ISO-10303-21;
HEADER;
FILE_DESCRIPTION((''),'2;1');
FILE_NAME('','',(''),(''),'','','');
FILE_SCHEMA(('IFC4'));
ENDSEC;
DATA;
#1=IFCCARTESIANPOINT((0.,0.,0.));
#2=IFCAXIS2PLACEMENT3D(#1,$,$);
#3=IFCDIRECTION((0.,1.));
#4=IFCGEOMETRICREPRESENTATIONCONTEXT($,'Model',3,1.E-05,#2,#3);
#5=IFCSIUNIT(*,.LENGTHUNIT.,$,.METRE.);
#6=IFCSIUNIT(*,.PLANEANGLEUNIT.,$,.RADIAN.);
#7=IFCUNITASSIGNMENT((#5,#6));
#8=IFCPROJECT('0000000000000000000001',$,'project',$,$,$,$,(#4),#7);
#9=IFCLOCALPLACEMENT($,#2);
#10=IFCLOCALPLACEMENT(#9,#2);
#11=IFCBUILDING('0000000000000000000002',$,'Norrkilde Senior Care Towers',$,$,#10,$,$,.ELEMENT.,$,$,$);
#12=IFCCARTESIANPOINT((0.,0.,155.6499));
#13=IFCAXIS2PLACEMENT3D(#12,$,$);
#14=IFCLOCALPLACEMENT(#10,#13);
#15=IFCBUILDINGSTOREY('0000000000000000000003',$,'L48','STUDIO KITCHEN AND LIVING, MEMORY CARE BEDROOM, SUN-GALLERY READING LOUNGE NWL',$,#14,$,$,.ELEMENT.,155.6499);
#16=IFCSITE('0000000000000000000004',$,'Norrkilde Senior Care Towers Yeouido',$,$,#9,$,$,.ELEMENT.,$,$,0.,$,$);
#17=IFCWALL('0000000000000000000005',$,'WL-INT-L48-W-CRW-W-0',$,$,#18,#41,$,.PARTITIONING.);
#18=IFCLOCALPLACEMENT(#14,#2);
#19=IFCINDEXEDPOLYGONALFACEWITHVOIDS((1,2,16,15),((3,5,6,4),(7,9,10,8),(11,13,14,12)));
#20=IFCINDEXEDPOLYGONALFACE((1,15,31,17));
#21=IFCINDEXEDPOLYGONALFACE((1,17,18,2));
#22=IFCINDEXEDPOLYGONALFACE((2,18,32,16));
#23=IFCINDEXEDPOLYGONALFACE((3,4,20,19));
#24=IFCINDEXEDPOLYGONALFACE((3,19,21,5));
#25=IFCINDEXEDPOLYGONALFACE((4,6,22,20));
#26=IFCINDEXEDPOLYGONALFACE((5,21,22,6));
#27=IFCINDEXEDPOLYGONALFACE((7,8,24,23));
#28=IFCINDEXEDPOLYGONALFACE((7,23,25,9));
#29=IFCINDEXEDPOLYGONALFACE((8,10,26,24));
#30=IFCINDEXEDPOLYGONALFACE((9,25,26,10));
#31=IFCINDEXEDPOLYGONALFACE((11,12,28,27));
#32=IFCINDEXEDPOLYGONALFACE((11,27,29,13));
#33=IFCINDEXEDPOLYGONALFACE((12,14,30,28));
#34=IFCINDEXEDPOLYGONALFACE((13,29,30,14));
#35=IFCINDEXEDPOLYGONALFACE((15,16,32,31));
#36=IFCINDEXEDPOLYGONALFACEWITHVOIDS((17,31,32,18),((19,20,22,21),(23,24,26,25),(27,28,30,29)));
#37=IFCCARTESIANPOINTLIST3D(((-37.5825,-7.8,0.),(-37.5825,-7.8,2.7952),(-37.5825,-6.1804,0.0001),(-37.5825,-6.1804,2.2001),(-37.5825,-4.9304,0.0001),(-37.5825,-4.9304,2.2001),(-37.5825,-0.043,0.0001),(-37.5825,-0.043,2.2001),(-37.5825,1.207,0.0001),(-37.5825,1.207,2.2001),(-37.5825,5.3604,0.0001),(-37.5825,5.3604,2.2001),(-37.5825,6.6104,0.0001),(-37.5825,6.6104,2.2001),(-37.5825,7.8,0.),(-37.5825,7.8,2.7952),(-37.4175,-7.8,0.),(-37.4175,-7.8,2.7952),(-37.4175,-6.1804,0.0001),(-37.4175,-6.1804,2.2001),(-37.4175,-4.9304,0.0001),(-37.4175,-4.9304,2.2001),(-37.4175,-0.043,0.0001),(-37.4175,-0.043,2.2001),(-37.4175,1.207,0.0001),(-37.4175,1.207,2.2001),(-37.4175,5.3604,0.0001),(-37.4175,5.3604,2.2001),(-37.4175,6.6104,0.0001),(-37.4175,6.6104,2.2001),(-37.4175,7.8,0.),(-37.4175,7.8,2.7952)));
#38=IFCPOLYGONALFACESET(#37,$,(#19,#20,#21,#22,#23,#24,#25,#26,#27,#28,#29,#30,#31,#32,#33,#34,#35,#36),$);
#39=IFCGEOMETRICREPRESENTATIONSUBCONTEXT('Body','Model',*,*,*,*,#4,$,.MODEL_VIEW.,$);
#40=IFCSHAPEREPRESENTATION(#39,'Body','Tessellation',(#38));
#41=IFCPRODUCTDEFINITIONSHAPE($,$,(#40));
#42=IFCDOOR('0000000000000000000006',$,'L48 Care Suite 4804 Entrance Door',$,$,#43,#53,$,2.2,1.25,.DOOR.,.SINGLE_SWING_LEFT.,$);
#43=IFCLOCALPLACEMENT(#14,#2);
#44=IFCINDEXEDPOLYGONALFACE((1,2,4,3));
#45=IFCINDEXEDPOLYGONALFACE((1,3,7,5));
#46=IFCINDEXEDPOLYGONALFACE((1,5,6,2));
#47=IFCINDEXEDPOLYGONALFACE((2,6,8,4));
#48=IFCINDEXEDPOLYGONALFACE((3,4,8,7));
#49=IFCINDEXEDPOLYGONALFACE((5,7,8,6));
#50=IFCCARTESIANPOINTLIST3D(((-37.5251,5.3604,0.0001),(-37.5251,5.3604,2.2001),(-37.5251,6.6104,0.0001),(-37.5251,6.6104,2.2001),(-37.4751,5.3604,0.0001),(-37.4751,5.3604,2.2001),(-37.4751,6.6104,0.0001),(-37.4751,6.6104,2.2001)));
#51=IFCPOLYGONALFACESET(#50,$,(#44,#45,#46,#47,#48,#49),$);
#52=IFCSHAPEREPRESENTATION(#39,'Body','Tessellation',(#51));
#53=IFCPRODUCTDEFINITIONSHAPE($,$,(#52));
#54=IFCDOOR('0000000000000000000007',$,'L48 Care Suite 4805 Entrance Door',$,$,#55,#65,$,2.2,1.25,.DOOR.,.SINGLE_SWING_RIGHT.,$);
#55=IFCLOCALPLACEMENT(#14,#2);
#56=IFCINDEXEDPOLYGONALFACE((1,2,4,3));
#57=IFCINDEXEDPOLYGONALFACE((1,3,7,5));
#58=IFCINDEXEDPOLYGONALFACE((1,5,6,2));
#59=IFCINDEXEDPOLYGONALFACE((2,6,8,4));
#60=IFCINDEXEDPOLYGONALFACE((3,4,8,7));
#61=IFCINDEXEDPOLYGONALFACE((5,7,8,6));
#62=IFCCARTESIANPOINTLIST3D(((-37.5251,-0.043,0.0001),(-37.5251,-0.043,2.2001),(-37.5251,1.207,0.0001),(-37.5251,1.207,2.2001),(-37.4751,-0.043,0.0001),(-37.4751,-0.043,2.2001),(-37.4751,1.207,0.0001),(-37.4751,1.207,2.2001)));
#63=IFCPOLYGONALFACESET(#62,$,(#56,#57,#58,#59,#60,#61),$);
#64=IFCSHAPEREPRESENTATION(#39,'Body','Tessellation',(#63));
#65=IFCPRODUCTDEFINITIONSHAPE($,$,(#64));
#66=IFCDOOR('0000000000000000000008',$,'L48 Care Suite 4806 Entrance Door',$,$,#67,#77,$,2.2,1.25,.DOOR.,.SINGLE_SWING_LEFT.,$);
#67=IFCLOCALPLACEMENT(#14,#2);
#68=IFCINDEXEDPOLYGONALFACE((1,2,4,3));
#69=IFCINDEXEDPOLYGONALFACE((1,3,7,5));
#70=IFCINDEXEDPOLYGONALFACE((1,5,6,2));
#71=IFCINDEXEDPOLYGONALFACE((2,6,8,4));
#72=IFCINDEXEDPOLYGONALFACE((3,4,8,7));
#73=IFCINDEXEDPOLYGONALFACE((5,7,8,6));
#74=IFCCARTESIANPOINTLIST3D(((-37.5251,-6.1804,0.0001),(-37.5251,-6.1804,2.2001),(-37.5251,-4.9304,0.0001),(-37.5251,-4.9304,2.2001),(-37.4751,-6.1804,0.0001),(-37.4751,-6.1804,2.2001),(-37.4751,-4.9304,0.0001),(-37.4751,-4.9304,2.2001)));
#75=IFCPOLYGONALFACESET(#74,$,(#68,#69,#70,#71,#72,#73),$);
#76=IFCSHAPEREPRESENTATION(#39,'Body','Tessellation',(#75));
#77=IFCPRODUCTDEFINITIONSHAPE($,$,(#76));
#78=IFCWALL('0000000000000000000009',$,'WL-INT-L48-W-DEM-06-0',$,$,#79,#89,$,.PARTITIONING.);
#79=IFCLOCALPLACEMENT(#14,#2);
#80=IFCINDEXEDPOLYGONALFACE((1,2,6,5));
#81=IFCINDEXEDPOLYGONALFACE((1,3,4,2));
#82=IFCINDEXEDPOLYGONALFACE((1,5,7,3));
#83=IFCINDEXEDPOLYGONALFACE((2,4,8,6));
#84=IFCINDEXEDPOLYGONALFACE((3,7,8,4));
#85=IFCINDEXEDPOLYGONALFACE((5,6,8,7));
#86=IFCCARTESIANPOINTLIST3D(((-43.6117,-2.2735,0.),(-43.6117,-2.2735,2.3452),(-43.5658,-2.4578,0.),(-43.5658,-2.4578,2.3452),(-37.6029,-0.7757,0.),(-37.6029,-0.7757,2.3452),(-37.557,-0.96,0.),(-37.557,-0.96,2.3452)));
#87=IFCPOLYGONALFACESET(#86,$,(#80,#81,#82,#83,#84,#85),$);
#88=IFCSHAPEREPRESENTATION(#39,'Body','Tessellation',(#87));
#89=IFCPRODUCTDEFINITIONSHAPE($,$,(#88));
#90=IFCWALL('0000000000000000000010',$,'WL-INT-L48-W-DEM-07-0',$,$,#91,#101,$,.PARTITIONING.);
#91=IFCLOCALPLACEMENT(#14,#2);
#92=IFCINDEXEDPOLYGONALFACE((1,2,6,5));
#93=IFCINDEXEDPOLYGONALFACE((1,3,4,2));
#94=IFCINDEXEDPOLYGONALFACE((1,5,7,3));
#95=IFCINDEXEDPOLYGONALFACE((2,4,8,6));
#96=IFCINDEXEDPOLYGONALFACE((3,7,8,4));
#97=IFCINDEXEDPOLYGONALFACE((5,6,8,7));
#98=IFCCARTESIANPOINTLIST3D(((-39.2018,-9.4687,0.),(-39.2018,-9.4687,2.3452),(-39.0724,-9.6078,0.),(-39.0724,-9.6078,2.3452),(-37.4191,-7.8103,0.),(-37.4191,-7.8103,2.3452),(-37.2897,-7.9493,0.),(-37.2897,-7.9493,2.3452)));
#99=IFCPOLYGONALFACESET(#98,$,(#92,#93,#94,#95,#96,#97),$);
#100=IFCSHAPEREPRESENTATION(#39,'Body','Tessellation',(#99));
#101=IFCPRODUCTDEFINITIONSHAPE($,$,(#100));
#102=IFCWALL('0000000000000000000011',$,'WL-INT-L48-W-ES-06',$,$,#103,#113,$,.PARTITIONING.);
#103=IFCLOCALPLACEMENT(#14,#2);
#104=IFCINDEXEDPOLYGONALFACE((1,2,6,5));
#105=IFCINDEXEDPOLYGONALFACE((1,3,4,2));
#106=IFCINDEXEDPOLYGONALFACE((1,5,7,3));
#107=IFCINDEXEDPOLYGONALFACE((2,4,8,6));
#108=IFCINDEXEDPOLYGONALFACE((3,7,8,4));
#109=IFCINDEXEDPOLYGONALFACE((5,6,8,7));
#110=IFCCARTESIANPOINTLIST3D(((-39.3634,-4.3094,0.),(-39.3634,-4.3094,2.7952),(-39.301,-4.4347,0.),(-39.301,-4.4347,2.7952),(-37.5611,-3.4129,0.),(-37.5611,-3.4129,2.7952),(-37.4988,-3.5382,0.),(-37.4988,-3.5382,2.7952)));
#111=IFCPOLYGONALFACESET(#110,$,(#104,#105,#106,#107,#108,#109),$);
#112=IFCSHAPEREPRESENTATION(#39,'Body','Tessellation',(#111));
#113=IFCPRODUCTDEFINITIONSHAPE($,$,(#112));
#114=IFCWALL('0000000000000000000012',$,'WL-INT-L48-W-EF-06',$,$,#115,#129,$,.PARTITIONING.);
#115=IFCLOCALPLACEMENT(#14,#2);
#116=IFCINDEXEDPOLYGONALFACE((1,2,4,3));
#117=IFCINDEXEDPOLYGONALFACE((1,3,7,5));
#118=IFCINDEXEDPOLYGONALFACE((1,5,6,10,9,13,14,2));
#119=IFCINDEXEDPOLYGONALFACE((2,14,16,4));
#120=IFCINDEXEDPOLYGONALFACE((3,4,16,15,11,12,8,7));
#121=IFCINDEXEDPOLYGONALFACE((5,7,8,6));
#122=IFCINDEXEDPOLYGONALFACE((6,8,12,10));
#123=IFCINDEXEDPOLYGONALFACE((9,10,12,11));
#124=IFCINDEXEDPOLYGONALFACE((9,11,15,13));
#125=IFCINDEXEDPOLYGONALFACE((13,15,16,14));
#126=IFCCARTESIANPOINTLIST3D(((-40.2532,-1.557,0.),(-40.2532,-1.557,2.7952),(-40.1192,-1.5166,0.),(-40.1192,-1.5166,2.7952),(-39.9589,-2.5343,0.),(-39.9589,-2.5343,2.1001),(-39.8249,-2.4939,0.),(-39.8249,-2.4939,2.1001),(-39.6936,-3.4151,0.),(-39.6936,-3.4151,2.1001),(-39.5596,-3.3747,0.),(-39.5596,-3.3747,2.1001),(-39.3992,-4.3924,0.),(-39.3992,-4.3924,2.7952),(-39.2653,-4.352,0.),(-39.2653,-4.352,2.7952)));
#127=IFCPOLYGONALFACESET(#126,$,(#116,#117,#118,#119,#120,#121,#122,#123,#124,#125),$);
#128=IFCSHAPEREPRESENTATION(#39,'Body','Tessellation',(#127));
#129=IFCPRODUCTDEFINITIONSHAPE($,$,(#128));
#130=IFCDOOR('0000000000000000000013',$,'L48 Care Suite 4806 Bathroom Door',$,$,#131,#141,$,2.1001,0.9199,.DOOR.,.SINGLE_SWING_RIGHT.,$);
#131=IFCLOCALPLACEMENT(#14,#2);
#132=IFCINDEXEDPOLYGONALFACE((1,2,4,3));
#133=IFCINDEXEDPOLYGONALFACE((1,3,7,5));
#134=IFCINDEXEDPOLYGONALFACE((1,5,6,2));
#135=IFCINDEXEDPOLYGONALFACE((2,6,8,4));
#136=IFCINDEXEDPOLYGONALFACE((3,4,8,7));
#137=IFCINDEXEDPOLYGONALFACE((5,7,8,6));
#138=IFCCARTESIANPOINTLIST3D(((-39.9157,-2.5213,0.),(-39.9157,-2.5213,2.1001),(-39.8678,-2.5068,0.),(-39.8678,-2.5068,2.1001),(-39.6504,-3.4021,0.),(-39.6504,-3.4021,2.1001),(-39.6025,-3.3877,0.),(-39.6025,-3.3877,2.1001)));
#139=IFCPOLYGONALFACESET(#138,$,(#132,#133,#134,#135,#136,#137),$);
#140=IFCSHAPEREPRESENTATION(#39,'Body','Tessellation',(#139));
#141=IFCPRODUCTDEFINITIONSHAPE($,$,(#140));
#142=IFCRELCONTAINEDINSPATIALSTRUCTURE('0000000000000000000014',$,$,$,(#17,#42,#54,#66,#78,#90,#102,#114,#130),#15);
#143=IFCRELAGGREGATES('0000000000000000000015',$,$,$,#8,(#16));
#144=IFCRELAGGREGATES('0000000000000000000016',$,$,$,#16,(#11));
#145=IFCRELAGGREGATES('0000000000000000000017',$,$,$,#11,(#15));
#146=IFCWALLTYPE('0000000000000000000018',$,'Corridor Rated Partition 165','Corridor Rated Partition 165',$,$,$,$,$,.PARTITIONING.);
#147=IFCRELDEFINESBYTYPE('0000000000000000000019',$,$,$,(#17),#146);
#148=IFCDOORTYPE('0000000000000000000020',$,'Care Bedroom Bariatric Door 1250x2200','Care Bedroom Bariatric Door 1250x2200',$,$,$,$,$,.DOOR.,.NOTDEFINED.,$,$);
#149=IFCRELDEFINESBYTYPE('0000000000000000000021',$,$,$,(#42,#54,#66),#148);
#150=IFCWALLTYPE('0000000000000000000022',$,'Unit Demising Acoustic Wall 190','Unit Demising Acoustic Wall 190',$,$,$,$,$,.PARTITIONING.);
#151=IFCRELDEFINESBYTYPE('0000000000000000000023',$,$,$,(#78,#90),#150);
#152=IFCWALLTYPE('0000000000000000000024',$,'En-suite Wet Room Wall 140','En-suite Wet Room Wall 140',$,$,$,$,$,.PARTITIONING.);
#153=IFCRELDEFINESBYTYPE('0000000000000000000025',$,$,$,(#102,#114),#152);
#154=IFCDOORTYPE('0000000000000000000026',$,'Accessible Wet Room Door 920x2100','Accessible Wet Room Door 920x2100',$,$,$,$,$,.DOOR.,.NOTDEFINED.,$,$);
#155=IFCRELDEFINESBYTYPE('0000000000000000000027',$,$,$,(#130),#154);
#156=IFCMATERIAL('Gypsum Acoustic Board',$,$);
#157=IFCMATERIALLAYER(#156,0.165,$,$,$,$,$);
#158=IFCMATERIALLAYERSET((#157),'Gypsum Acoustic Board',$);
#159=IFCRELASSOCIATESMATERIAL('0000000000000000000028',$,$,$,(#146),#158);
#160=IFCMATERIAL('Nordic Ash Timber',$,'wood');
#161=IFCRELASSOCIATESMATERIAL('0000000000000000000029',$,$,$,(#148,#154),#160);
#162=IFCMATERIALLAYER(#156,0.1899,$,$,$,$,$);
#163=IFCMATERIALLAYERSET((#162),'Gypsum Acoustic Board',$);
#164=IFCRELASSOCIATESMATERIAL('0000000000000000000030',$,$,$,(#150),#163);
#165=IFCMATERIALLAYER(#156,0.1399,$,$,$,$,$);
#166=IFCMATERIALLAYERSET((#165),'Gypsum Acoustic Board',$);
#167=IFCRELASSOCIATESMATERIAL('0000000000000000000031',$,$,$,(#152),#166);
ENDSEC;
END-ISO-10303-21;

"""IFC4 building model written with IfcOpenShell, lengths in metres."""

from ifc_helpers import new_model, si_unit, direction, frame, frame_2d, origin, place, context, subcontext, project, spatial, rectangle, extrude, source, transform, mapped, material, layer, layer_set, type_object, type_shapes, element, fill, save


model = new_model("IFC4")

# Units and contexts
model_context = context("Model", 3, precision=1e-05, world=origin(), true_north=direction((0.0, 1.0)))
body_context = subcontext(model_context, "Body", "Model", "MODEL_VIEW")
ifc_project = project(units=[si_unit("LENGTHUNIT", "METRE"), si_unit("PLANEANGLEUNIT", "RADIAN")], contexts=[model_context])

# Site, building, storey
site_placement = place(None, origin())
site = spatial("IfcSite", under=ifc_project, at=site_placement, Name="Norrkilde Senior Care Towers Yeouido", CompositionType="ELEMENT", RefElevation=0.0)
building_placement = place(site_placement, origin())
building = spatial("IfcBuilding", under=site, at=building_placement, Name="Norrkilde Senior Care Towers", CompositionType="ELEMENT")
storey_placement = place(building_placement, frame((0.0, 0.0, 155.6499)))
storey = spatial("IfcBuildingStorey", under=building, at=storey_placement, Name="L48", Description="STUDIO KITCHEN AND LIVING, MEMORY CARE BEDROOM, SUN-GALLERY READING LOUNGE NWL", CompositionType="ELEMENT", Elevation=155.6499)

# Wall, openings, doors
ifc_material_1 = material(Name="Gypsum Acoustic Board")
ifc_layer_1 = layer(ifc_material_1, 0.165)
ifc_layer_set_1 = layer_set([ifc_layer_1], Name="Gypsum Acoustic Board")
wall_type_1 = type_object("IfcWallType", Name="Corridor Rated Partition 165", Description="Corridor Rated Partition 165", PredefinedType="PARTITIONING", material=ifc_layer_set_1)
shared_shape_1 = source(origin(), body_context, "Body", "SweptSolid", [
    extrude(rectangle(XDim=15.6001, YDim=0.165, at=frame_2d((7.8, 0.0))), origin(), (0.0, 0.0, 1.0), 2.7952),
])
type_shapes(wall_type_1, [shared_shape_1])
wall_1_placement = place(storey_placement, frame((-37.5, -7.8, 0.0), z_axis=(0.0, 0.0, 1.0), x_axis=(0.0, 1.0, 0.0)))
wall_1 = element("IfcWall", 1, at=wall_1_placement, inside=storey, type_object=wall_type_1, Name="WL-INT-L48-W-CRW-W-0", PredefinedType="PARTITIONING", context=body_context, shape_type="MappedRepresentation", body=[
    mapped(shared_shape_1, transform((0.0, 0.0, 0.0), x_axis=(1.0, 0.0, 0.0), y_axis=(0.0, 1.0, 0.0), z_axis=(0.0, 0.0, 1.0), scale=1.0)),
])
opening_1_placement = place(wall_1_placement, frame((13.1604, 0.0, 0.0)))
opening_1 = element("IfcOpeningElement", 2, at=opening_1_placement, cuts=wall_1, PredefinedType="OPENING", context=body_context, shape_type="SweptSolid", body=[
    extrude(rectangle(XDim=1.25, YDim=2.2, at=frame_2d((0.625, 1.1001))), frame((0.0, 0.0925, 0.0), z_axis=(0.0, -1.0, 0.0), x_axis=(1.0, 0.0, 0.0)), (0.0, 0.0, 1.0), 0.1851),
])
opening_2_placement = place(wall_1_placement, frame((7.7571, 0.0, 0.0)))
opening_2 = element("IfcOpeningElement", 3, at=opening_2_placement, cuts=wall_1, PredefinedType="OPENING", context=body_context, shape_type="SweptSolid", body=[
    extrude(rectangle(XDim=1.25, YDim=2.2, at=frame_2d((0.625, 1.1001))), frame((0.0, 0.0925, 0.0), z_axis=(0.0, -1.0, 0.0), x_axis=(1.0, 0.0, 0.0)), (0.0, 0.0, 1.0), 0.1851),
])
opening_3_placement = place(wall_1_placement, frame((1.6196, 0.0, 0.0)))
opening_3 = element("IfcOpeningElement", 4, at=opening_3_placement, cuts=wall_1, PredefinedType="OPENING", context=body_context, shape_type="SweptSolid", body=[
    extrude(rectangle(XDim=1.25, YDim=2.2, at=frame_2d((0.625, 1.1001))), frame((0.0, 0.0925, 0.0), z_axis=(0.0, -1.0, 0.0), x_axis=(1.0, 0.0, 0.0)), (0.0, 0.0, 1.0), 0.1851),
])
ifc_material_2 = material(Name="Nordic Ash Timber", Category="wood")
door_type_1 = type_object("IfcDoorType", Name="Care Bedroom Bariatric Door 1250x2200", Description="Care Bedroom Bariatric Door 1250x2200", OperationType="NOTDEFINED", PredefinedType="DOOR", material=ifc_material_2)
shared_shape_2 = source(origin(), body_context, "Body", "SweptSolid", [
    extrude(rectangle(XDim=1.25, YDim=2.2, at=frame_2d((0.625, 1.1001))), frame((0.0, 0.0249, 0.0), z_axis=(0.0, -1.0, 0.0), x_axis=(1.0, 0.0, 0.0)), (0.0, 0.0, 1.0), 0.05),
])
type_shapes(door_type_1, [shared_shape_2])
door_1_placement = place(opening_1_placement, frame((1.25, 0.0, 0.0), z_axis=(0.0, 0.0, 1.0), x_axis=(-1.0, 0.0, 0.0)))
door_1 = element("IfcDoor", 5, at=door_1_placement, inside=storey, type_object=door_type_1, Name="L48 Care Suite 4804 Entrance Door", OperationType="SINGLE_SWING_LEFT", OverallHeight=2.2, OverallWidth=1.25, PredefinedType="DOOR", context=body_context, shape_type="MappedRepresentation", body=[
    mapped(shared_shape_2, transform((0.0, 0.0, 0.0), x_axis=(1.0, 0.0, 0.0), y_axis=(0.0, 1.0, 0.0), z_axis=(0.0, 0.0, 1.0), scale=1.0)),
])
fill(opening_1, door_1)
door_2_placement = place(opening_2_placement, frame((1.25, 0.0, 0.0), z_axis=(0.0, 0.0, 1.0), x_axis=(-1.0, 0.0, 0.0)))
door_2 = element("IfcDoor", 6, at=door_2_placement, inside=storey, type_object=door_type_1, Name="L48 Care Suite 4805 Entrance Door", OperationType="SINGLE_SWING_RIGHT", OverallHeight=2.2, OverallWidth=1.25, PredefinedType="DOOR", context=body_context, shape_type="MappedRepresentation", body=[
    mapped(shared_shape_2, transform((0.0, 0.0, 0.0), x_axis=(1.0, 0.0, 0.0), y_axis=(0.0, 1.0, 0.0), z_axis=(0.0, 0.0, 1.0), scale=1.0)),
])
fill(opening_2, door_2)
door_3_placement = place(opening_3_placement, frame((1.25, 0.0, 0.0), z_axis=(0.0, 0.0, 1.0), x_axis=(-1.0, 0.0, 0.0)))
door_3 = element("IfcDoor", 7, at=door_3_placement, inside=storey, type_object=door_type_1, Name="L48 Care Suite 4806 Entrance Door", OperationType="SINGLE_SWING_LEFT", OverallHeight=2.2, OverallWidth=1.25, PredefinedType="DOOR", context=body_context, shape_type="MappedRepresentation", body=[
    mapped(shared_shape_2, transform((0.0, 0.0, 0.0), x_axis=(1.0, 0.0, 0.0), y_axis=(0.0, 1.0, 0.0), z_axis=(0.0, 0.0, 1.0), scale=1.0)),
])
fill(opening_3, door_3)

# Walls
ifc_layer_2 = layer(ifc_material_1, 0.1899)
ifc_layer_set_2 = layer_set([ifc_layer_2], Name="Gypsum Acoustic Board")
wall_type_2 = type_object("IfcWallType", Name="Unit Demising Acoustic Wall 190", Description="Unit Demising Acoustic Wall 190", PredefinedType="PARTITIONING", material=ifc_layer_set_2)
shared_shape_3 = source(origin(), body_context, "Body", "SweptSolid", [
    extrude(rectangle(XDim=6.1926, YDim=0.1899, at=frame_2d((3.0962, 0.0))), origin(), (0.0, 0.0, 1.0), 2.3452),
])
wall_2_placement = place(storey_placement, frame((-37.5801, -0.8679, 0.0), z_axis=(0.0, 0.0, 1.0), x_axis=(-0.970309, -0.241868, 0.0)))
element("IfcWall", 8, at=wall_2_placement, inside=storey, type_object=wall_type_2, Name="WL-INT-L48-W-DEM-06-0", PredefinedType="PARTITIONING", context=body_context, shape_type="MappedRepresentation", body=[
    mapped(shared_shape_3, transform((0.0, 0.0, 0.0), x_axis=(1.0, 0.0, 0.0), y_axis=(0.0, 1.0, 0.0), z_axis=(0.0, 0.0, 1.0), scale=1.0)),
])
shared_shape_4 = source(origin(), body_context, "Body", "SweptSolid", [
    extrude(rectangle(XDim=2.4348, YDim=0.1899, at=frame_2d((1.2173, 0.0))), origin(), (0.0, 0.0, 1.0), 2.3452),
])
type_shapes(wall_type_2, [shared_shape_3, shared_shape_4])
wall_3_placement = place(storey_placement, frame((-37.3545, -7.8799, 0.0), z_axis=(0.0, 0.0, 1.0), x_axis=(-0.732165, -0.681128, 0.0)))
element("IfcWall", 9, at=wall_3_placement, inside=storey, type_object=wall_type_2, Name="WL-INT-L48-W-DEM-07-0", PredefinedType="PARTITIONING", context=body_context, shape_type="MappedRepresentation", body=[
    mapped(shared_shape_4, transform((0.0, 0.0, 0.0), x_axis=(1.0, 0.0, 0.0), y_axis=(0.0, 1.0, 0.0), z_axis=(0.0, 0.0, 1.0), scale=1.0)),
])
ifc_layer_3 = layer(ifc_material_1, 0.1399)
ifc_layer_set_3 = layer_set([ifc_layer_3], Name="Gypsum Acoustic Board")
wall_type_3 = type_object("IfcWallType", Name="En-suite Wet Room Wall 140", Description="En-suite Wet Room Wall 140", PredefinedType="PARTITIONING", material=ifc_layer_set_3)
shared_shape_5 = source(origin(), body_context, "Body", "SweptSolid", [
    extrude(rectangle(XDim=2.0129, YDim=0.1399, at=frame_2d((1.0063, 0.0))), origin(), (0.0, 0.0, 1.0), 2.7952),
])
wall_4_placement = place(storey_placement, frame((-37.53, -3.4756, 0.0), z_axis=(0.0, 0.0, 1.0), x_axis=(-0.895347, -0.445369, 0.0)))
element("IfcWall", 10, at=wall_4_placement, inside=storey, type_object=wall_type_3, Name="WL-INT-L48-W-ES-06", PredefinedType="PARTITIONING", context=body_context, shape_type="MappedRepresentation", body=[
    mapped(shared_shape_5, transform((0.0, 0.0, 0.0), x_axis=(1.0, 0.0, 0.0), y_axis=(0.0, 1.0, 0.0), z_axis=(0.0, 0.0, 1.0), scale=1.0)),
])

# Wall, opening, door
shared_shape_6 = source(origin(), body_context, "Body", "SweptSolid", [
    extrude(rectangle(XDim=2.9612, YDim=0.1399, at=frame_2d((1.4805, 0.0))), origin(), (0.0, 0.0, 1.0), 2.7952),
])
type_shapes(wall_type_3, [shared_shape_5, shared_shape_6])
wall_5_placement = place(storey_placement, frame((-39.3323, -4.3721, 0.0), z_axis=(0.0, 0.0, 1.0), x_axis=(-0.288392, 0.957513, 0.0)))
wall_5 = element("IfcWall", 11, at=wall_5_placement, inside=storey, type_object=wall_type_3, Name="WL-INT-L48-W-EF-06", PredefinedType="PARTITIONING", context=body_context, shape_type="MappedRepresentation", body=[
    mapped(shared_shape_6, transform((0.0, 0.0, 0.0), x_axis=(1.0, 0.0, 0.0), y_axis=(0.0, 1.0, 0.0), z_axis=(0.0, 0.0, 1.0), scale=1.0)),
])
opening_4_placement = place(wall_5_placement, frame((1.0205, 0.0, 0.0)))
opening_4 = element("IfcOpeningElement", 12, at=opening_4_placement, cuts=wall_5, PredefinedType="OPENING", context=body_context, shape_type="SweptSolid", body=[
    extrude(rectangle(XDim=0.9199, YDim=2.1001, at=frame_2d((0.46, 1.05))), frame((0.0, 0.0798, 0.0), z_axis=(0.0, -1.0, 0.0), x_axis=(1.0, 0.0, 0.0)), (0.0, 0.0, 1.0), 0.1599),
])
door_type_2 = type_object("IfcDoorType", Name="Accessible Wet Room Door 920x2100", Description="Accessible Wet Room Door 920x2100", OperationType="NOTDEFINED", PredefinedType="DOOR", material=ifc_material_2)
shared_shape_7 = source(origin(), body_context, "Body", "SweptSolid", [
    extrude(rectangle(XDim=0.9199, YDim=2.1001, at=frame_2d((0.46, 1.05))), frame((0.0, 0.0249, 0.0), z_axis=(0.0, -1.0, 0.0), x_axis=(1.0, 0.0, 0.0)), (0.0, 0.0, 1.0), 0.05),
])
type_shapes(door_type_2, [shared_shape_7])
door_4_placement = place(opening_4_placement, origin())
door_4 = element("IfcDoor", 13, at=door_4_placement, inside=storey, type_object=door_type_2, Name="L48 Care Suite 4806 Bathroom Door", OperationType="SINGLE_SWING_RIGHT", OverallHeight=2.1001, OverallWidth=0.9199, PredefinedType="DOOR", context=body_context, shape_type="MappedRepresentation", body=[
    mapped(shared_shape_7, transform((0.0, 0.0, 0.0), x_axis=(1.0, 0.0, 0.0), y_axis=(0.0, 1.0, 0.0), z_axis=(0.0, 0.0, 1.0), scale=1.0)),
])
fill(opening_4, door_4)

save(model, "model.ifc")
